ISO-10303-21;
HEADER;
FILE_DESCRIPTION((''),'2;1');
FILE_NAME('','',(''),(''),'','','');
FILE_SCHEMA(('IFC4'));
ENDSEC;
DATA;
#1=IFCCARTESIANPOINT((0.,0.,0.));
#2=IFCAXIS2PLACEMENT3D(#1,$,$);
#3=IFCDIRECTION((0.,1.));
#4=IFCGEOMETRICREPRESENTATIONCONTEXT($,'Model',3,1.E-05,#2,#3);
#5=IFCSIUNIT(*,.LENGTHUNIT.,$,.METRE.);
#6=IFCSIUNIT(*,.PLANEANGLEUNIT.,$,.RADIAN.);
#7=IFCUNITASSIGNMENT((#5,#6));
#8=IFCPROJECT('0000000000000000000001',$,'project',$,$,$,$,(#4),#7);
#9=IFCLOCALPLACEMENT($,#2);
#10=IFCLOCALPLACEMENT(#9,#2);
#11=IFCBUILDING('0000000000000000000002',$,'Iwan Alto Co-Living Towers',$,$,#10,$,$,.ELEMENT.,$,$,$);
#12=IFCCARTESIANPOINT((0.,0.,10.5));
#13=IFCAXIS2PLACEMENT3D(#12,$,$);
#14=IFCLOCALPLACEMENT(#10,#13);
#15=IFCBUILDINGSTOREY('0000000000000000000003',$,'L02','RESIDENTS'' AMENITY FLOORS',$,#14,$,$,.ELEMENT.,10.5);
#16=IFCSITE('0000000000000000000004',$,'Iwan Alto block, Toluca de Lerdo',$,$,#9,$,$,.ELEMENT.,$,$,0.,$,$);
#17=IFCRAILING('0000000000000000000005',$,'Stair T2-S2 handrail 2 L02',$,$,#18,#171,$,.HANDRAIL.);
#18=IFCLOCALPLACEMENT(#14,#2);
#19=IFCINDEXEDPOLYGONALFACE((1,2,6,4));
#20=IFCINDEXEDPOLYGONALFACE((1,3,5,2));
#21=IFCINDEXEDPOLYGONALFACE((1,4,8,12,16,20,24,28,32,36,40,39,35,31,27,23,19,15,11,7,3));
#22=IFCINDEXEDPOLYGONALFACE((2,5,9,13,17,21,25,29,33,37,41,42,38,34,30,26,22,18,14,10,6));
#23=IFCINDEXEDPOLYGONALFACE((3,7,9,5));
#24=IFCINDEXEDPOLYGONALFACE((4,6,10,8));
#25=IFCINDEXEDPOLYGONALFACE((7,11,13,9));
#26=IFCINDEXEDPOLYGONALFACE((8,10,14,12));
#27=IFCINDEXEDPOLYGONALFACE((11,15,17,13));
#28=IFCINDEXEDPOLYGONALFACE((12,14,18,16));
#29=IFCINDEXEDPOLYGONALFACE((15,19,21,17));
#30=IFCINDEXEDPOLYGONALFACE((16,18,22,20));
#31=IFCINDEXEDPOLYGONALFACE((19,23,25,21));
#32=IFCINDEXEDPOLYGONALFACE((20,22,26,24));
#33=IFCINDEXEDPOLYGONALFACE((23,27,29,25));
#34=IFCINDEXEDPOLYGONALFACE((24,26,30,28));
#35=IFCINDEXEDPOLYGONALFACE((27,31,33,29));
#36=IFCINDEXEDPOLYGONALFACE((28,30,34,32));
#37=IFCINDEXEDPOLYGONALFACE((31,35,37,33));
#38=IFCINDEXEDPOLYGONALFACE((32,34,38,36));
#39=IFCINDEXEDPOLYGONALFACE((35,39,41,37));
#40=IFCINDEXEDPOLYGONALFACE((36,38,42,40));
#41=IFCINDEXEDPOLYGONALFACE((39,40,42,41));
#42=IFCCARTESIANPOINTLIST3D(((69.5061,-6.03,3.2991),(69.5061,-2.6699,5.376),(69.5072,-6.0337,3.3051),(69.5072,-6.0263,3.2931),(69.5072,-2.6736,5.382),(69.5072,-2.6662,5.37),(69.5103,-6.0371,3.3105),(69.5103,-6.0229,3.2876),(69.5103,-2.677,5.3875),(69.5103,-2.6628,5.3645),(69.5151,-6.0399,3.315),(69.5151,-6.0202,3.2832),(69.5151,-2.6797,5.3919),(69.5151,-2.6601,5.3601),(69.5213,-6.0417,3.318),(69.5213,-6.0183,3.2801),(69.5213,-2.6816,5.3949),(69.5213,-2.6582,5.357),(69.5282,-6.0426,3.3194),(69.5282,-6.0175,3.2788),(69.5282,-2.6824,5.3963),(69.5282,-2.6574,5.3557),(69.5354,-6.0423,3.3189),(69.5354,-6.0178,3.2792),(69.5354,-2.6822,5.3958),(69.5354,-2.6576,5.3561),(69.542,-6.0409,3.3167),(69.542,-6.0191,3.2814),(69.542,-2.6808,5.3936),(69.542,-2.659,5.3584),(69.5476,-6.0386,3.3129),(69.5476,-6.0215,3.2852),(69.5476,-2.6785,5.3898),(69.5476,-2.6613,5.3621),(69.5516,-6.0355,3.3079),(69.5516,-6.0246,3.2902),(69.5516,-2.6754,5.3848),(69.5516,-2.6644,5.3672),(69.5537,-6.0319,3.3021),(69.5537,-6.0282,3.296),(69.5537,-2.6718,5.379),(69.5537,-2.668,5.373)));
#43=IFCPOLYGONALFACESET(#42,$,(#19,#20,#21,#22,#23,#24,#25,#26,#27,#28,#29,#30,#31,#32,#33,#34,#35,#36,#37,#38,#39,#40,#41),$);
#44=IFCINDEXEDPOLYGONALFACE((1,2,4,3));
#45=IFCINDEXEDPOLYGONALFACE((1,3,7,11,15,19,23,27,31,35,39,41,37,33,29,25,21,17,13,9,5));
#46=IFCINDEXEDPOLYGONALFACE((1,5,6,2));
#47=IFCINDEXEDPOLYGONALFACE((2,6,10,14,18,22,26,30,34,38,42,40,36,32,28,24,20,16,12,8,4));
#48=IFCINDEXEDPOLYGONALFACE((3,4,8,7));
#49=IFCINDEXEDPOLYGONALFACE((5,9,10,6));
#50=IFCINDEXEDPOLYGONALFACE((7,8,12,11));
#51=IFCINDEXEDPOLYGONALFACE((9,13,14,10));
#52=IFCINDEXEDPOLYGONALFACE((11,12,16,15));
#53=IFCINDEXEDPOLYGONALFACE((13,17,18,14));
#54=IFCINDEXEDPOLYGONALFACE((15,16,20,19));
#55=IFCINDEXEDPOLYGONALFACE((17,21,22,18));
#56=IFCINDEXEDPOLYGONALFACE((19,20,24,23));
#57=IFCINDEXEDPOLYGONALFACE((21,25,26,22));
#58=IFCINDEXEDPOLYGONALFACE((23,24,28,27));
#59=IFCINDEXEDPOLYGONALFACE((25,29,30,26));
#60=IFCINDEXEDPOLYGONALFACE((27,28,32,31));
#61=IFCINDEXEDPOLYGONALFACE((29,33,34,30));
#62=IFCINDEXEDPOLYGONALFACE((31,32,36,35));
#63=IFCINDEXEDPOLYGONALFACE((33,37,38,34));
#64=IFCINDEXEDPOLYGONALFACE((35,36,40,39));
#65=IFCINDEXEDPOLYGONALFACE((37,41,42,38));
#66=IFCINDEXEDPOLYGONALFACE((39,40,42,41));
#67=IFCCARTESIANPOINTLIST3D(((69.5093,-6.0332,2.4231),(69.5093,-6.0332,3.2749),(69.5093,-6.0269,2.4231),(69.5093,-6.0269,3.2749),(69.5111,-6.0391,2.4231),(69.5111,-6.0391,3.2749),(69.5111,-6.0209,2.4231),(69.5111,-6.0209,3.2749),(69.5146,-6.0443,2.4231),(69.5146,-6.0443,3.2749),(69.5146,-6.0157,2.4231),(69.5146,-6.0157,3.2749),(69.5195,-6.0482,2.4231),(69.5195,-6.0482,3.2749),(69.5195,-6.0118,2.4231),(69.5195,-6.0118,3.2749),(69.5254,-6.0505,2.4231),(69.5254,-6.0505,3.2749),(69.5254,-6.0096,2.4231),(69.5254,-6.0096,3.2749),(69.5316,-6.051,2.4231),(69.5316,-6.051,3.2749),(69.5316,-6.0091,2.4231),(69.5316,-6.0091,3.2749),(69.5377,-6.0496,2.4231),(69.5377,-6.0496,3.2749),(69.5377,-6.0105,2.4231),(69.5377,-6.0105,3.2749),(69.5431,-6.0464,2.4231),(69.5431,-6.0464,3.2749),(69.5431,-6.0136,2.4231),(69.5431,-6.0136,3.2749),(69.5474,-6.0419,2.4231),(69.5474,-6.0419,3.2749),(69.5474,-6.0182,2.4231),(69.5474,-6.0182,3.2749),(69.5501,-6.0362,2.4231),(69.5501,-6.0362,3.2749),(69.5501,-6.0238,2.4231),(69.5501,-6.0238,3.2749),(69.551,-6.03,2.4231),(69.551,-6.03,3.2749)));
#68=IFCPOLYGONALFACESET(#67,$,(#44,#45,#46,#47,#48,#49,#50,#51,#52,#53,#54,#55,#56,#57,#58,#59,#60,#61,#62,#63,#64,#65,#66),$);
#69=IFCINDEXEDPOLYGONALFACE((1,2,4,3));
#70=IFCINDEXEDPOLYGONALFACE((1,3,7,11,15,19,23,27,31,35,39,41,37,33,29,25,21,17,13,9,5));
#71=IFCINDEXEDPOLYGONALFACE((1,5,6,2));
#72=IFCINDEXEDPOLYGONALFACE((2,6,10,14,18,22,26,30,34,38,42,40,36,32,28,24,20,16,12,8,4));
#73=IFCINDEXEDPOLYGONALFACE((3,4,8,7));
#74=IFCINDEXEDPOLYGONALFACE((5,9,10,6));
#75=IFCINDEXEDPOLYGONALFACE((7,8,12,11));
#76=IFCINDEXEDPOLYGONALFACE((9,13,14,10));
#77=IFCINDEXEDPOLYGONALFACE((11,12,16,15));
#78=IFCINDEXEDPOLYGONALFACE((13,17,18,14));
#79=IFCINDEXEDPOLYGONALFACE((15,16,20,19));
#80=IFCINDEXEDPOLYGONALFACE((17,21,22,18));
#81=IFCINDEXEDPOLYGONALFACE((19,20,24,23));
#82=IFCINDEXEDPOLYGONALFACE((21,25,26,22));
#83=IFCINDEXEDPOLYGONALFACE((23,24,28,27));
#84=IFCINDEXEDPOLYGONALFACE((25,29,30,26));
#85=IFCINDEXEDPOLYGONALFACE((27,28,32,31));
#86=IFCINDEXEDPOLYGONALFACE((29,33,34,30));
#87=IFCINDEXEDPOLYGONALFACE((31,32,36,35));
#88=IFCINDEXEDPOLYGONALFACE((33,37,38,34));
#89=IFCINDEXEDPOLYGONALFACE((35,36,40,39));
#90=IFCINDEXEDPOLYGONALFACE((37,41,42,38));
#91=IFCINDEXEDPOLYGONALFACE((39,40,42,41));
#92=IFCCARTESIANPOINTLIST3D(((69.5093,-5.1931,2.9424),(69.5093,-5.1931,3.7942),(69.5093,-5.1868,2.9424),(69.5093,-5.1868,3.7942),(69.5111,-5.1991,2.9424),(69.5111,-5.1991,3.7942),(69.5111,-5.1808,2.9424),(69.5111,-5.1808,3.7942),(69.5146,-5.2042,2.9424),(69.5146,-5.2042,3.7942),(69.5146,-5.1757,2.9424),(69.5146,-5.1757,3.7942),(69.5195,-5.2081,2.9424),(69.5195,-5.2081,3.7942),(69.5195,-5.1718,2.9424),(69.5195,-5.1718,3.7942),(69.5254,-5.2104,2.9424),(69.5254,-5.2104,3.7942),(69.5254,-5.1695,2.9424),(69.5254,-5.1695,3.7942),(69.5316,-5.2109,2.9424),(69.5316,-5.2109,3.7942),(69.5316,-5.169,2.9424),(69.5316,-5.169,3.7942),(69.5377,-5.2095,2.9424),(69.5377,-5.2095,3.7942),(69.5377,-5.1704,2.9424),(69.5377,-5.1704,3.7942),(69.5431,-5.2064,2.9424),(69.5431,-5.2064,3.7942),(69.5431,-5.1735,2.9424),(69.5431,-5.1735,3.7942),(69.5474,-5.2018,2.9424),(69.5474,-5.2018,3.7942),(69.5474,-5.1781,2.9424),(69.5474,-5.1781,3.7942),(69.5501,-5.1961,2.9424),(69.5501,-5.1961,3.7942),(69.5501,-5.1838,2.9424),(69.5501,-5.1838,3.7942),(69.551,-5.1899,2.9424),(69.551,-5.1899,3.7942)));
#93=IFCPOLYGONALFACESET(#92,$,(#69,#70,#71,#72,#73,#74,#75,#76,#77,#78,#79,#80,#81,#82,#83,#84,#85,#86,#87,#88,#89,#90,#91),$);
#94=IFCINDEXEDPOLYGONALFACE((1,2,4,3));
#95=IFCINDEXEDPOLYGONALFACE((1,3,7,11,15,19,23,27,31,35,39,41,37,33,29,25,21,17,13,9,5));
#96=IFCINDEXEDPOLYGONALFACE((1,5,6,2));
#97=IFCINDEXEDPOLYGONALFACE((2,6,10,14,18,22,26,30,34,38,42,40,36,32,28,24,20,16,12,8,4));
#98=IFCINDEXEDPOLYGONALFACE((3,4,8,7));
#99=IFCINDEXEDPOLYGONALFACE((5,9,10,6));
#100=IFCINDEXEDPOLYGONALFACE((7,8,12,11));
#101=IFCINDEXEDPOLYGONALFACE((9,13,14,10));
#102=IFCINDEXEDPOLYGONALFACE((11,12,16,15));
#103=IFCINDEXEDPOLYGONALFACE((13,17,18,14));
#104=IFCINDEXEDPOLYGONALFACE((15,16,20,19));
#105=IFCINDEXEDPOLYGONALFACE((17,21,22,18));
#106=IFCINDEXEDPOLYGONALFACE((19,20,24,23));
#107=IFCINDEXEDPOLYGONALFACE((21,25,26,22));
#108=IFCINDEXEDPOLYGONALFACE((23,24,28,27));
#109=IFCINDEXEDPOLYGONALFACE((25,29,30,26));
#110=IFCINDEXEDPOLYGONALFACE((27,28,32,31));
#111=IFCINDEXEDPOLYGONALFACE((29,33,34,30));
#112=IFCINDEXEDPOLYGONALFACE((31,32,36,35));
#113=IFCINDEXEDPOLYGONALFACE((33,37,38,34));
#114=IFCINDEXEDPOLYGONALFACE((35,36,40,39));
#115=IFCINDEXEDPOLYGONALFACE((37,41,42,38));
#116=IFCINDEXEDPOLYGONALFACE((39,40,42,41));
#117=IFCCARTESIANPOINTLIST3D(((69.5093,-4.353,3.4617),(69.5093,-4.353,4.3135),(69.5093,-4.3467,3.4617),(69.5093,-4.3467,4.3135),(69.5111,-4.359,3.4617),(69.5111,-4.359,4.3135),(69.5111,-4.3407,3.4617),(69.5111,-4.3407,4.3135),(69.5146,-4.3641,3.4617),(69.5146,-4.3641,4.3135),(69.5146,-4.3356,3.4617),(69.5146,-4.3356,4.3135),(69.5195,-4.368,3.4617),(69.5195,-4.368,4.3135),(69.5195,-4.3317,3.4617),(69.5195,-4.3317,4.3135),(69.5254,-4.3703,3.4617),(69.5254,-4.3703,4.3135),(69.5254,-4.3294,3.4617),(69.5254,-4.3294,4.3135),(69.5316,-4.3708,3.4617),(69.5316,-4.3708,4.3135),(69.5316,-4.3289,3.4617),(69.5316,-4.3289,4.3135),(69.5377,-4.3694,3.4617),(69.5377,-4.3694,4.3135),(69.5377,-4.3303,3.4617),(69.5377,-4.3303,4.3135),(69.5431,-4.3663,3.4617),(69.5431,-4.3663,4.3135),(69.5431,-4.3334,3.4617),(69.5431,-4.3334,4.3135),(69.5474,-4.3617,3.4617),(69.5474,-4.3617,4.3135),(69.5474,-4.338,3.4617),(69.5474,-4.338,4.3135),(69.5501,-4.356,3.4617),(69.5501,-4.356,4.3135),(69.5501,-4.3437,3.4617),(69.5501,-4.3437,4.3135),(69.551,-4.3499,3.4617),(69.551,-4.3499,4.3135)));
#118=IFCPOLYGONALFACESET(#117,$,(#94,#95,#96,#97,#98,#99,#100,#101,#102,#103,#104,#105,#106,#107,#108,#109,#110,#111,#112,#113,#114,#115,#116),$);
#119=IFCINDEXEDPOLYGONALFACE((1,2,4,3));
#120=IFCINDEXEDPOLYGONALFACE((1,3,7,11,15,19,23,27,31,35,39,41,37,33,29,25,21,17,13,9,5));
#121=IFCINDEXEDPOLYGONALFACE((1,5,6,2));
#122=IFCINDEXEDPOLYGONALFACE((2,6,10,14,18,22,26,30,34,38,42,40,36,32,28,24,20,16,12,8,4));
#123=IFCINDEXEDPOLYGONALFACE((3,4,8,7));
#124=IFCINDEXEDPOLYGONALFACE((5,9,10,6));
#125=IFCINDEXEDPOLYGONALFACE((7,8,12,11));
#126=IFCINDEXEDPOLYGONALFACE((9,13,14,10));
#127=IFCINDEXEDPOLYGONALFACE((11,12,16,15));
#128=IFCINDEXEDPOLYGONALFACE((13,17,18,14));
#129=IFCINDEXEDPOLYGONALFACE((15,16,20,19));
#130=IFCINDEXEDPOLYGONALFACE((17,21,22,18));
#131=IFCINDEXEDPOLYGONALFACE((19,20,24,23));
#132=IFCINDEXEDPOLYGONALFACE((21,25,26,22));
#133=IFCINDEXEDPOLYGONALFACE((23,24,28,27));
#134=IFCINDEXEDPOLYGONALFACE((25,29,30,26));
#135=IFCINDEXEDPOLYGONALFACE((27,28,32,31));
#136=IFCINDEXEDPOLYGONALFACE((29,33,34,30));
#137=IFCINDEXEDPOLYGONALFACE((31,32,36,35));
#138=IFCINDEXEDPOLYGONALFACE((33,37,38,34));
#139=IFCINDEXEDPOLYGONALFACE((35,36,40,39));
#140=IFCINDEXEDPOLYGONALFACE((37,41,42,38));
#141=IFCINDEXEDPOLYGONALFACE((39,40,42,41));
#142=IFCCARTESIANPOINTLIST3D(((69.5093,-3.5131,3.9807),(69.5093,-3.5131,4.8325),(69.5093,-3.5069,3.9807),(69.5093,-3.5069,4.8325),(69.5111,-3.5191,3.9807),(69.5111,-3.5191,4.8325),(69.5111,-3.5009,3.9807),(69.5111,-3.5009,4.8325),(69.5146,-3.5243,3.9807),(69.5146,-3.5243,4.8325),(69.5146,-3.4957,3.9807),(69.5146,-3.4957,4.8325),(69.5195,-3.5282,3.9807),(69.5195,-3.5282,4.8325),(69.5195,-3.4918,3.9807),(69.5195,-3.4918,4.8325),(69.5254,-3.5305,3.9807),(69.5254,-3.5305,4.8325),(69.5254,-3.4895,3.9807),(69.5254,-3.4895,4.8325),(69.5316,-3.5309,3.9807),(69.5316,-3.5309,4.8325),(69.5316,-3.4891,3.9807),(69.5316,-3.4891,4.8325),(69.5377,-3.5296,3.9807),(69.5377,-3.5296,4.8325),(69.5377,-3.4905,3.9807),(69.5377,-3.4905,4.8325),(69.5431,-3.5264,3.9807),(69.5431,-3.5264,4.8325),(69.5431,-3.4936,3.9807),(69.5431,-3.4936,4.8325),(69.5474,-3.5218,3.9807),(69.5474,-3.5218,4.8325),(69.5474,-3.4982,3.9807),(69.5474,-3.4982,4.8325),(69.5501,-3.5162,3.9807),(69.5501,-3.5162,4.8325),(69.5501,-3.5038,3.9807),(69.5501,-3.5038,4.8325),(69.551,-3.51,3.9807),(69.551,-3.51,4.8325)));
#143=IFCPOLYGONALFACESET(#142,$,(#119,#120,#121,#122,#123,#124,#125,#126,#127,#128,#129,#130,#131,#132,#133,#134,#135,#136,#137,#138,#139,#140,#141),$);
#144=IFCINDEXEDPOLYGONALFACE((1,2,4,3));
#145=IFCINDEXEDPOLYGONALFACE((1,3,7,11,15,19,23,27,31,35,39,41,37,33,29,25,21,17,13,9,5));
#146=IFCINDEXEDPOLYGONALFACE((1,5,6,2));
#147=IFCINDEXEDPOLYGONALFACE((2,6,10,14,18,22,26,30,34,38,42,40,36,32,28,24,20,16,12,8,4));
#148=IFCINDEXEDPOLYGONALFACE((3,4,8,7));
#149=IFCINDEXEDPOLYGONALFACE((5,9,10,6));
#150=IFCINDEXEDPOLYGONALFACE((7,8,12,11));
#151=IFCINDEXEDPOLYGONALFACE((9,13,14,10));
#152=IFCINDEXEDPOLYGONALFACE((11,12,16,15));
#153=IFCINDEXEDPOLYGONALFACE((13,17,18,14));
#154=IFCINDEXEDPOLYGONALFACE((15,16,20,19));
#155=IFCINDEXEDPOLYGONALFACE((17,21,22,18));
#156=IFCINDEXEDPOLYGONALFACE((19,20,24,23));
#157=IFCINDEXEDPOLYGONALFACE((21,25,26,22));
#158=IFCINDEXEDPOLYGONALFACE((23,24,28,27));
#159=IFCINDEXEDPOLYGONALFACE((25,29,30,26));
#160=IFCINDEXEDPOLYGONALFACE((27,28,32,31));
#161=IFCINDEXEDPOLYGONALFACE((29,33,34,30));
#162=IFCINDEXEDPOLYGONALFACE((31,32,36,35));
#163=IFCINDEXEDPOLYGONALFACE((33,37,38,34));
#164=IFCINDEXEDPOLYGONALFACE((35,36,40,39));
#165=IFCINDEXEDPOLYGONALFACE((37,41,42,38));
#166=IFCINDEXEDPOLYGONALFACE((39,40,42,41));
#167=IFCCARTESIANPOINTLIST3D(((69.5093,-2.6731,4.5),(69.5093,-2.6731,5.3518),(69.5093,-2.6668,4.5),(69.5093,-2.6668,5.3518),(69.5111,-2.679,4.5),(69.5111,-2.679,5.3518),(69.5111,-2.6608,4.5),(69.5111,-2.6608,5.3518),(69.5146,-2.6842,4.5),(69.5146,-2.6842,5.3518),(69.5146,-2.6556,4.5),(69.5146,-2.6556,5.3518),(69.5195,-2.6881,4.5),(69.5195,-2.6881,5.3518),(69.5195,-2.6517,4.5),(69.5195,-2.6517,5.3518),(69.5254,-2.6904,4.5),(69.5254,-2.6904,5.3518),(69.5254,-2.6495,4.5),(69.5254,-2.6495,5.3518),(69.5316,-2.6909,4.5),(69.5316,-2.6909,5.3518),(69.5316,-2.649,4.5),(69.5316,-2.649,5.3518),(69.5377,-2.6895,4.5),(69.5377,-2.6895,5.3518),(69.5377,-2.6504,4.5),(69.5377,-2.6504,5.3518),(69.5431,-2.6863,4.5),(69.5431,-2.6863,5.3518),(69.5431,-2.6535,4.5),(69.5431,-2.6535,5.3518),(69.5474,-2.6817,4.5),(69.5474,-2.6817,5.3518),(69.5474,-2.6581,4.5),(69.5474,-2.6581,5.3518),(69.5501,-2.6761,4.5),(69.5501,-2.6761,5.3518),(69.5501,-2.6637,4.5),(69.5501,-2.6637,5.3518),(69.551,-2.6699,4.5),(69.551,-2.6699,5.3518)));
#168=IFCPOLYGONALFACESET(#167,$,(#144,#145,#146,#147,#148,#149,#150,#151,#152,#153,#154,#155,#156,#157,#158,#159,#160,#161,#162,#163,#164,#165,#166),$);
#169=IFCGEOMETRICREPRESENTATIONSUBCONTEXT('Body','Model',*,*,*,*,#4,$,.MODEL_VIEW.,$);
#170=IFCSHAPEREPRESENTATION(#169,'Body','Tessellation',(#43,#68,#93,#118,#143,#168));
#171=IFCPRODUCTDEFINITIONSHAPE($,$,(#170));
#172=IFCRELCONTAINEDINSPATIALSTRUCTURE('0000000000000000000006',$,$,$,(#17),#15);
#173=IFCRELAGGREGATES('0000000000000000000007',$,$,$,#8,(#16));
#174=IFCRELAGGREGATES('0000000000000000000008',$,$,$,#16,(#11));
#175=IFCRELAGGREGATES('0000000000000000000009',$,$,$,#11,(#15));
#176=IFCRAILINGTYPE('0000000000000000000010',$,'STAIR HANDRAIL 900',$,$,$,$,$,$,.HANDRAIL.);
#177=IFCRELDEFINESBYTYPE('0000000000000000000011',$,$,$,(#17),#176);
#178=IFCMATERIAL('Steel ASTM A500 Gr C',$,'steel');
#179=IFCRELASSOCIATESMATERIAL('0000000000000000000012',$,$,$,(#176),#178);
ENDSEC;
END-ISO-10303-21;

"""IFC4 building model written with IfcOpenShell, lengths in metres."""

from ifc_helpers import new_model, si_unit, direction, frame, origin, origin_2d, place, context, subcontext, project, spatial, circle, extrude, material, type_object, element, save


model = new_model("IFC4")

# Units and contexts
model_context = context("Model", 3, precision=1e-05, world=origin(), true_north=direction((0.0, 1.0)))
body_context = subcontext(model_context, "Body", "Model", "MODEL_VIEW")
ifc_project = project(units=[si_unit("LENGTHUNIT", "METRE"), si_unit("PLANEANGLEUNIT", "RADIAN")], contexts=[model_context])

# Site, building, storey
site_placement = place(None, origin())
site = spatial("IfcSite", under=ifc_project, at=site_placement, Name="Iwan Alto block, Toluca de Lerdo", CompositionType="ELEMENT", RefElevation=0.0)
building_placement = place(site_placement, origin())
building = spatial("IfcBuilding", under=site, at=building_placement, Name="Iwan Alto Co-Living Towers", CompositionType="ELEMENT")
storey_placement = place(building_placement, frame((0.0, 0.0, 10.5)))
storey = spatial("IfcBuildingStorey", under=building, at=storey_placement, Name="L02", Description="RESIDENTS' AMENITY FLOORS", CompositionType="ELEMENT", Elevation=10.5)

# Railing
ifc_material_1 = material(Name="Steel ASTM A500 Gr C", Category="steel")
railing_type_1 = type_object("IfcRailingType", Name="STAIR HANDRAIL 900", PredefinedType="HANDRAIL", material=ifc_material_1)
railing_1_placement = place(storey_placement, frame((69.53, -6.03, 2.4231)))
element("IfcRailing", 1, at=railing_1_placement, inside=storey, type_object=railing_type_1, Name="Stair T2-S2 handrail 2 L02", PredefinedType="HANDRAIL", context=body_context, shape_type="SweptSolid", body=[
    extrude(circle(Radius=0.0239, at=origin_2d()), frame((0.0, 0.0, 0.876), z_axis=(0.0, 0.850623, 0.525776), x_axis=(-1.0, 0.0, 0.0)), (0.0, 0.0, 1.0), 3.9502),
    extrude(circle(Radius=0.021, at=origin_2d()), origin(), (0.0, 0.0, 1.0), 0.8518),
    extrude(circle(Radius=0.021, at=origin_2d()), frame((0.0, 0.8401, 0.5193)), (0.0, 0.0, 1.0), 0.8518),
    extrude(circle(Radius=0.021, at=origin_2d()), frame((0.0, 1.6802, 1.0386)), (0.0, 0.0, 1.0), 0.8518),
    extrude(circle(Radius=0.021, at=origin_2d()), frame((0.0, 2.52, 1.5576)), (0.0, 0.0, 1.0), 0.8518),
    extrude(circle(Radius=0.021, at=origin_2d()), frame((0.0, 3.3601, 2.0769)), (0.0, 0.0, 1.0), 0.8518),
])

save(model, "model.ifc")
